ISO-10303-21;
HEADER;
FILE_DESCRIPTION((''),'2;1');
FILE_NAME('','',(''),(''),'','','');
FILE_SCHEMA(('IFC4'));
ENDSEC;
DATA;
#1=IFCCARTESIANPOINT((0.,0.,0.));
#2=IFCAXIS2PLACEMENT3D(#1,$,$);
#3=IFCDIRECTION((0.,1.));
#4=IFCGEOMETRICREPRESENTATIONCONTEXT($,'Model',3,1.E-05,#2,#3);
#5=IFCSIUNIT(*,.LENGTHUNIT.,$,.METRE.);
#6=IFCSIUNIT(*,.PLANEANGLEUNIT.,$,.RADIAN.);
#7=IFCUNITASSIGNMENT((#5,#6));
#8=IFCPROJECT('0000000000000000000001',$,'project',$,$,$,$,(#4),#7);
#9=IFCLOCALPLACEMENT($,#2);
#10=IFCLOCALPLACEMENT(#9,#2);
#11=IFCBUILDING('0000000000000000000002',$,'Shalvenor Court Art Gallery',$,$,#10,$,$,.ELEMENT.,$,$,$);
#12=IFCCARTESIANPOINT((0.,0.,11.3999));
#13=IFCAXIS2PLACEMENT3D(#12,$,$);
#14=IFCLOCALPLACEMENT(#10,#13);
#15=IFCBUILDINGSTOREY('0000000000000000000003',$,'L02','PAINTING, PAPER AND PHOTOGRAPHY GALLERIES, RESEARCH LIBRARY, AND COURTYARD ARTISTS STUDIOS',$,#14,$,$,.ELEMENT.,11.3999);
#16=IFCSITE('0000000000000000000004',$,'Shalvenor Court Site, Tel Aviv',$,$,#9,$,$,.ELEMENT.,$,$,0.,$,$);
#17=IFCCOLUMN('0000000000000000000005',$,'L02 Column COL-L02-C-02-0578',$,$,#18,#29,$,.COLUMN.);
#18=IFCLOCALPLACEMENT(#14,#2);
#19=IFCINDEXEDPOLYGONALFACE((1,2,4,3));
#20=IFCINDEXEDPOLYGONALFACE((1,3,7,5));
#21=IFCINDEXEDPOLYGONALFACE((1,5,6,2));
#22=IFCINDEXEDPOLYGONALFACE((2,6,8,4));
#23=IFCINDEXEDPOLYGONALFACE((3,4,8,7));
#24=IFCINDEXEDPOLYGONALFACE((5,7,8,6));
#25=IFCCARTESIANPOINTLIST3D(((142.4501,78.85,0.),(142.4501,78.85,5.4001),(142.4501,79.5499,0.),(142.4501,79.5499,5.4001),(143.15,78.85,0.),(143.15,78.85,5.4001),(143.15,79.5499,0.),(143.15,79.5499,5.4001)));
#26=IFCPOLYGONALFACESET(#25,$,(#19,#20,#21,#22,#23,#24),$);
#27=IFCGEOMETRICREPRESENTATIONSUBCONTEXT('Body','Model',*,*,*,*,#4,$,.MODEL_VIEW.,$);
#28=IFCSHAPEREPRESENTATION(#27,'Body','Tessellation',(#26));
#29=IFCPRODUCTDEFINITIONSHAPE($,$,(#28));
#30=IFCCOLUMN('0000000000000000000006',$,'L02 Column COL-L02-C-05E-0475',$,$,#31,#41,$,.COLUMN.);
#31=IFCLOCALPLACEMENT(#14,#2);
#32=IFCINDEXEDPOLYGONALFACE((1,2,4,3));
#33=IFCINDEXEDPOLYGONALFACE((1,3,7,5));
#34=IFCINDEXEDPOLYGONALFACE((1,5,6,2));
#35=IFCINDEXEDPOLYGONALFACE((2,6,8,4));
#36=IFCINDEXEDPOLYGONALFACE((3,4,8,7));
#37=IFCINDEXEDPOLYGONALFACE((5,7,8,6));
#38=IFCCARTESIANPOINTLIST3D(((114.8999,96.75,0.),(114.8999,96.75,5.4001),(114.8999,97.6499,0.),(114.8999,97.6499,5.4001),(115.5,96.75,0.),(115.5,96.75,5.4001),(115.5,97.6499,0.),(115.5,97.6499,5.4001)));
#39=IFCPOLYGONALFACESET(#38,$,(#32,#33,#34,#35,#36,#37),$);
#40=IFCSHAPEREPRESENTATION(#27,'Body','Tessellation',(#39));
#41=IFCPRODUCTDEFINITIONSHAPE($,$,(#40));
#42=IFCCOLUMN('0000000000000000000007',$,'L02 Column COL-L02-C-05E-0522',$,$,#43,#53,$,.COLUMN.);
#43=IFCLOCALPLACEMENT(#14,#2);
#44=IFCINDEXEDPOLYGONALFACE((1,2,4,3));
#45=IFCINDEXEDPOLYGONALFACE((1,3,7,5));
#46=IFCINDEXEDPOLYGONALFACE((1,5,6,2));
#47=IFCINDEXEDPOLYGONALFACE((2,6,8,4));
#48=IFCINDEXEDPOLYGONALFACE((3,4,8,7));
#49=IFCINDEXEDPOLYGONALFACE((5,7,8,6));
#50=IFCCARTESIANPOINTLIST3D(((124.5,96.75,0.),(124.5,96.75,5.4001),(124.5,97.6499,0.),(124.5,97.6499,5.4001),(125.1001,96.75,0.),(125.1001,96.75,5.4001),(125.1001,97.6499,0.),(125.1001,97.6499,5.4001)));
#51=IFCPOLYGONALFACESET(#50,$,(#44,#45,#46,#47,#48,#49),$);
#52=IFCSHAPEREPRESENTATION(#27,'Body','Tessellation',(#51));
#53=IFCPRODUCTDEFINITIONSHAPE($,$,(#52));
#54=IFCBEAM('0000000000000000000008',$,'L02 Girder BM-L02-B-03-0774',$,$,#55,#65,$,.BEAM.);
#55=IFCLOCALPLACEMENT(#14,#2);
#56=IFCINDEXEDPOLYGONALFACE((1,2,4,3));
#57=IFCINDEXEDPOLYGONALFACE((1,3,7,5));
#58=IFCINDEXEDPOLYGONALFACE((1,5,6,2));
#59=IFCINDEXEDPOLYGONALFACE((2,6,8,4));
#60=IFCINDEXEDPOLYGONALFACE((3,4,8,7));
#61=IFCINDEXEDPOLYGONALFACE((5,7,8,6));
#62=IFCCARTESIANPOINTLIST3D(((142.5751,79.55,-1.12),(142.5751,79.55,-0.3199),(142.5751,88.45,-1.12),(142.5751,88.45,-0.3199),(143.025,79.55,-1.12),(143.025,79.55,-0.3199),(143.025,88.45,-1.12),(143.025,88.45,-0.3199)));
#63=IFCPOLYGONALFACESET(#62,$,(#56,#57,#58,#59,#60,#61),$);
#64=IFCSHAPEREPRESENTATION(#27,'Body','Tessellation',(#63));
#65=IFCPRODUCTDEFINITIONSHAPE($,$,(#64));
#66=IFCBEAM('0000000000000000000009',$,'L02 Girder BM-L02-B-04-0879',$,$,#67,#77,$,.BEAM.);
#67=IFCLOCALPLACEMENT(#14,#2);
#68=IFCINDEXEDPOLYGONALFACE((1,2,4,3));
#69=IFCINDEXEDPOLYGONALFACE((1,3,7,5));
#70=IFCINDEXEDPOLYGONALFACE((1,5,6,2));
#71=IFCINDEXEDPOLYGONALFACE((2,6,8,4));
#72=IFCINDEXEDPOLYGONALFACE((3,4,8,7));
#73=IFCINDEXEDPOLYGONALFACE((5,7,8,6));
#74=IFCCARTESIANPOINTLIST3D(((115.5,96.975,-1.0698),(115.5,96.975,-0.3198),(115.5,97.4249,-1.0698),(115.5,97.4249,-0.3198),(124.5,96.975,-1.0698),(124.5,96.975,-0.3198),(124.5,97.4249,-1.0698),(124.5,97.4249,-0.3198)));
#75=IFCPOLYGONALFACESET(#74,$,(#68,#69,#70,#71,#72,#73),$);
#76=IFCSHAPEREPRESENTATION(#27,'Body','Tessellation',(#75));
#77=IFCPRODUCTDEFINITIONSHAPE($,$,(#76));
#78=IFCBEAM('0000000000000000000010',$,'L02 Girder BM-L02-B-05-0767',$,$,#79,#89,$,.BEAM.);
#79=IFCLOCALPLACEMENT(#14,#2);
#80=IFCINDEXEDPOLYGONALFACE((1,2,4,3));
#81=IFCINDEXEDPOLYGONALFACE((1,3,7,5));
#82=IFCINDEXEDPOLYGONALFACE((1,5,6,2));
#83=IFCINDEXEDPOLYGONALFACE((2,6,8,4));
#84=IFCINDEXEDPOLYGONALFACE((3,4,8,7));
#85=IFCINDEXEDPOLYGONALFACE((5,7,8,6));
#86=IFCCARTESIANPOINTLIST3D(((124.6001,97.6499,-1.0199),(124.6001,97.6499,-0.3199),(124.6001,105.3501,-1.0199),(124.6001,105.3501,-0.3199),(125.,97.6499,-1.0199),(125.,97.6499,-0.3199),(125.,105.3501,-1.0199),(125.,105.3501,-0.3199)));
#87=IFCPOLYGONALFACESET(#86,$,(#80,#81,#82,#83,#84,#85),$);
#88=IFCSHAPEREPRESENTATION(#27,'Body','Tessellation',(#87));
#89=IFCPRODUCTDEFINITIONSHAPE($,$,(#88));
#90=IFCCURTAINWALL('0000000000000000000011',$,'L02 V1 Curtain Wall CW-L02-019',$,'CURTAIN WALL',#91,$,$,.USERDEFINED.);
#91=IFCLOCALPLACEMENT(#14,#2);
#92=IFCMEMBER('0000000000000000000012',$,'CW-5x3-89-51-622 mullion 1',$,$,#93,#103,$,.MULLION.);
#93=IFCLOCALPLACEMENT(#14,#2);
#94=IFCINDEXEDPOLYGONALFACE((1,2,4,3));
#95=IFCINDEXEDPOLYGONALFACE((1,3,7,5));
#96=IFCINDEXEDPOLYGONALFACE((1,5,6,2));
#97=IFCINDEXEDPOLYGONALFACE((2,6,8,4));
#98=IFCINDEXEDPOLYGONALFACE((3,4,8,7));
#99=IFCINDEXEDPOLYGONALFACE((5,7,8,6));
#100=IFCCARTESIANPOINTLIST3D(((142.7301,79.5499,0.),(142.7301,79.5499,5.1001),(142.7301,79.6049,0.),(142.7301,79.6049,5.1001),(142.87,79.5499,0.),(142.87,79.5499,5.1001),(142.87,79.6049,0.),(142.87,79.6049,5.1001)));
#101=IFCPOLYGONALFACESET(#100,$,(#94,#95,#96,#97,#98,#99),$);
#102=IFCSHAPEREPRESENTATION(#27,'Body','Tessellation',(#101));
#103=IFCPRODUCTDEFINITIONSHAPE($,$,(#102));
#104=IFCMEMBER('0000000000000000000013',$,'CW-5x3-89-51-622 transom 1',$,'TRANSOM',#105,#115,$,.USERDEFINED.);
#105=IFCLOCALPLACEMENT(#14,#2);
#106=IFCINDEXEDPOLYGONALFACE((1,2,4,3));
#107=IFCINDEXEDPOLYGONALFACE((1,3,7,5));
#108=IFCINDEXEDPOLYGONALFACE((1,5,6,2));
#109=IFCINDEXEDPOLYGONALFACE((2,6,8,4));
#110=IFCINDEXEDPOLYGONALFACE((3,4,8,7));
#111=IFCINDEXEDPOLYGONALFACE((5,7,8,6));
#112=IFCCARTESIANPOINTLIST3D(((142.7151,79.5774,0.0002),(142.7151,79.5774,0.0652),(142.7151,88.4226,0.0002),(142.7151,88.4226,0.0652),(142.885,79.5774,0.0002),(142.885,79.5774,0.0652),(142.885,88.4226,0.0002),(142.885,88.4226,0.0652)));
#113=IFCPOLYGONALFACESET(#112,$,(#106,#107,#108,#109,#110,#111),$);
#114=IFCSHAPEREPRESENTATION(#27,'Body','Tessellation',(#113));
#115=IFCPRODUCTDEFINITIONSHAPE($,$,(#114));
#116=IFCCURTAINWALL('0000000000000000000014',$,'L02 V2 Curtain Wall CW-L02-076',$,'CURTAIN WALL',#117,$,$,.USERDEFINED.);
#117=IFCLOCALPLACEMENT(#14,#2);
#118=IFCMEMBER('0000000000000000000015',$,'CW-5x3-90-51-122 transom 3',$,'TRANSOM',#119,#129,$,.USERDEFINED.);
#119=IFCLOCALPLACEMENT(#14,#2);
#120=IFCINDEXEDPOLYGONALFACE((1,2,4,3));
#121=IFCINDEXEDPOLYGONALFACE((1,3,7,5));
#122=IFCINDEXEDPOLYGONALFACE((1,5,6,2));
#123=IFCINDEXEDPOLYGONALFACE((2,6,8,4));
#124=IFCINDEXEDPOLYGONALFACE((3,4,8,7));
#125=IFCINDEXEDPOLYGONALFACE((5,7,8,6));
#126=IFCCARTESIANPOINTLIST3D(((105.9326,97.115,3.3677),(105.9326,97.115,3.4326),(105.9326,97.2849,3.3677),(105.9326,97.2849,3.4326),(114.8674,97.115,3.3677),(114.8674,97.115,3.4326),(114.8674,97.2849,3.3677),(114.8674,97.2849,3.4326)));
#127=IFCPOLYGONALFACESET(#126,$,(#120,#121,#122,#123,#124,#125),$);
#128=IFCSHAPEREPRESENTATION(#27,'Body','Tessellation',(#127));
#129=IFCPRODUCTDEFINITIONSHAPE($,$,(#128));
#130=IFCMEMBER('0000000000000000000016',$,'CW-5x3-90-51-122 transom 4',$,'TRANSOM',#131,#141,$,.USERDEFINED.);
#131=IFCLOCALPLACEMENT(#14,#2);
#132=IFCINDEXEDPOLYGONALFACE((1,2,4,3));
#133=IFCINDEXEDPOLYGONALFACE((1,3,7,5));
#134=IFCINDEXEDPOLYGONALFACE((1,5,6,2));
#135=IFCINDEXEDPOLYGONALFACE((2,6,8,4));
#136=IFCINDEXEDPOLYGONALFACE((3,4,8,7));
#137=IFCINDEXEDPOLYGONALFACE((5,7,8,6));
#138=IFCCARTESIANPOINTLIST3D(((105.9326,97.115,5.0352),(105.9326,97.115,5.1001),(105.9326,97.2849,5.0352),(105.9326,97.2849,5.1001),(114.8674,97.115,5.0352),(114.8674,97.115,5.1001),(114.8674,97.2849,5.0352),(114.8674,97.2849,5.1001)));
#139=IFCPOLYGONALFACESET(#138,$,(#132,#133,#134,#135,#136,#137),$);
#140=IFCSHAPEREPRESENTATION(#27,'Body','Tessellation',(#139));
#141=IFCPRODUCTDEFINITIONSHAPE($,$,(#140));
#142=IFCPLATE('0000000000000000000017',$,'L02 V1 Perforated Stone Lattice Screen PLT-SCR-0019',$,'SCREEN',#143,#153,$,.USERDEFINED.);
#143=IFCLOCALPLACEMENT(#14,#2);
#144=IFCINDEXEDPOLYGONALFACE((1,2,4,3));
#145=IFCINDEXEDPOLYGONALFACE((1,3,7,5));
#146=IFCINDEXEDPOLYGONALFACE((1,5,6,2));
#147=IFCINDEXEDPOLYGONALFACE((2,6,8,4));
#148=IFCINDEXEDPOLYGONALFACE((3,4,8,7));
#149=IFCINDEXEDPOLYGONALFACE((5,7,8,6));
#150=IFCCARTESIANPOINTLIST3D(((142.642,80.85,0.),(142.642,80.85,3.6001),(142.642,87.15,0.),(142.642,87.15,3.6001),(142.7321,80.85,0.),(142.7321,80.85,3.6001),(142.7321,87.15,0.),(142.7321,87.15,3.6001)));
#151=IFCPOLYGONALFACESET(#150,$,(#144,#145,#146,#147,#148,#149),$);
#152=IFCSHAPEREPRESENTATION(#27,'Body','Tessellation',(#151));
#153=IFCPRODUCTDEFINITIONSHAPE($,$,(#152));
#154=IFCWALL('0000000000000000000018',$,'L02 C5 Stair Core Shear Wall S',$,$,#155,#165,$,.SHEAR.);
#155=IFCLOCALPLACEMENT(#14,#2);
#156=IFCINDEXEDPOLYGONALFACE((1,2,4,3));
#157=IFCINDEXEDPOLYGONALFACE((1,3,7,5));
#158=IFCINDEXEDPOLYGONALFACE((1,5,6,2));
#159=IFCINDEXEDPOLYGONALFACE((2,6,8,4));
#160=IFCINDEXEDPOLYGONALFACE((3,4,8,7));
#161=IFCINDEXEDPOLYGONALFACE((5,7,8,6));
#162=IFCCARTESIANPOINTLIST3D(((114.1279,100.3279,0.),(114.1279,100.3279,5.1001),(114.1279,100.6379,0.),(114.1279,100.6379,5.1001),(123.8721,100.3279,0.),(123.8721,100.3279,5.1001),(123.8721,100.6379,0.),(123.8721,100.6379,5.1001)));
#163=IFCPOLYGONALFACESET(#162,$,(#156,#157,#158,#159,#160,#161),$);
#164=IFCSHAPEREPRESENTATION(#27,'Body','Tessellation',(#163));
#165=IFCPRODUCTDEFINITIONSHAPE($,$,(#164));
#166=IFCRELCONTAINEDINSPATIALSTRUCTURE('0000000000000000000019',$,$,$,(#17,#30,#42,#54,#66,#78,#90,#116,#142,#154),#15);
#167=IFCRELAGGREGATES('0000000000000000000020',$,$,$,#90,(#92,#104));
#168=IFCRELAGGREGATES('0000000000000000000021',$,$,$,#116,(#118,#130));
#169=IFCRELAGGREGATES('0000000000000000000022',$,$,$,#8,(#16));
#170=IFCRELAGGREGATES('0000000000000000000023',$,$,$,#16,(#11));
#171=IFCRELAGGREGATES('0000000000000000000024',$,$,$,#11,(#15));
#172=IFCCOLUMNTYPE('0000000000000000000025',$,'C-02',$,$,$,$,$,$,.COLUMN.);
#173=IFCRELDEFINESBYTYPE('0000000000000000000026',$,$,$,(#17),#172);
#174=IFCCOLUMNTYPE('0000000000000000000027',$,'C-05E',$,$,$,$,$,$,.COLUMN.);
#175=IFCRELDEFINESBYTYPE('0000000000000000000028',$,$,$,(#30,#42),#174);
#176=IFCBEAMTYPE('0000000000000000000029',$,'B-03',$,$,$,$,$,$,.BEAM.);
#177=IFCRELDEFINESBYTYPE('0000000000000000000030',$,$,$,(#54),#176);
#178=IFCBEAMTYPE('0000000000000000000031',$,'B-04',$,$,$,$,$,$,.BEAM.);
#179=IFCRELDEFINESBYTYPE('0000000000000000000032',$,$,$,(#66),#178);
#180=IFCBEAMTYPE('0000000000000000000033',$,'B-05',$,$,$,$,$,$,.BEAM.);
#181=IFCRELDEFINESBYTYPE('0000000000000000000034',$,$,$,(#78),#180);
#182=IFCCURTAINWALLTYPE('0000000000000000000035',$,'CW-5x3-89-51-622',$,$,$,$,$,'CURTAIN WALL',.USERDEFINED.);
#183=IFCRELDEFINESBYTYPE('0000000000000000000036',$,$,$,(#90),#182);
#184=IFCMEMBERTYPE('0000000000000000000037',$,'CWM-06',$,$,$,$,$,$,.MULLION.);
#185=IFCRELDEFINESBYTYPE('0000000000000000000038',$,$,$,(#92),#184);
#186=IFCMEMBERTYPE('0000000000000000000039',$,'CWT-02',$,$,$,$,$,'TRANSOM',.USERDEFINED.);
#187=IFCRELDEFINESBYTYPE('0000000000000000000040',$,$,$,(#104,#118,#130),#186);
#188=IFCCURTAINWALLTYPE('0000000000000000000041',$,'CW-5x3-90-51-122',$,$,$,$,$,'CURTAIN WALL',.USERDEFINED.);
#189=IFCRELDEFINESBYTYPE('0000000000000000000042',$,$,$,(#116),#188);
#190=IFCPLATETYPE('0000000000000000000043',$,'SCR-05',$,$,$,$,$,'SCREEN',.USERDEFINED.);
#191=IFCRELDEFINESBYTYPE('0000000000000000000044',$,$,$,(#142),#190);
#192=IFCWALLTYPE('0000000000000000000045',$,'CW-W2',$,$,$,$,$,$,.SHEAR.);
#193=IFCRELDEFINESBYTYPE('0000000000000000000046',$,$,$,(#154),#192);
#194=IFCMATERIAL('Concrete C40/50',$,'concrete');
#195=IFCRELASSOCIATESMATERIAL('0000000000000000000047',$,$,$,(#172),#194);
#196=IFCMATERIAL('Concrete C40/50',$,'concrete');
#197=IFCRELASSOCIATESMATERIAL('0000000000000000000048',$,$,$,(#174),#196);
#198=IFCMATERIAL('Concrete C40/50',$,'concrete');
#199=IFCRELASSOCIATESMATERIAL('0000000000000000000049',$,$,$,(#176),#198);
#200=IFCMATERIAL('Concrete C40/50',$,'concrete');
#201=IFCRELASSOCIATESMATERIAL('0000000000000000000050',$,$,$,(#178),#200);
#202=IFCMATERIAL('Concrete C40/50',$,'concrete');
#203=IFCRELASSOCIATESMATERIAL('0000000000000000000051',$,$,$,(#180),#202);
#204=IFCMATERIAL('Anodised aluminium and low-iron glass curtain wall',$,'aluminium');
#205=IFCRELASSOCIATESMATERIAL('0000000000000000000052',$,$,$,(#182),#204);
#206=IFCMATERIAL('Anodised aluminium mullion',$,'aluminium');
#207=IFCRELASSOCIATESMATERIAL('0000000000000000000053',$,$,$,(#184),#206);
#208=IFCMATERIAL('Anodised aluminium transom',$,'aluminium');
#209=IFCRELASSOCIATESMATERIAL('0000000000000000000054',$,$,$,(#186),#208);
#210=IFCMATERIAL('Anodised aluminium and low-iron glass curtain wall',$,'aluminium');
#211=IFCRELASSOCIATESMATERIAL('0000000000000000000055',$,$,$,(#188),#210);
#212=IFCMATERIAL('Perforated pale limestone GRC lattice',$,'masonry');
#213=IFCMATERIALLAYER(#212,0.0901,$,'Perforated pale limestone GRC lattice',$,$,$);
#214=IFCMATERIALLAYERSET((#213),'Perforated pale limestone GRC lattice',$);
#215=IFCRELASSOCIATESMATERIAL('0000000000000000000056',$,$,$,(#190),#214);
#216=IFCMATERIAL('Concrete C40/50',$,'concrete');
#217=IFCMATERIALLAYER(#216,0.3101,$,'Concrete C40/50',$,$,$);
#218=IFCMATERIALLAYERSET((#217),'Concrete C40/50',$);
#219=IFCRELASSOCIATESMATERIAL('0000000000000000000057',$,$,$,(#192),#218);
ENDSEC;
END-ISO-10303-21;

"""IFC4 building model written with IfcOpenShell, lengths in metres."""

from ifc_helpers import new_model, si_unit, direction, frame, frame_2d, origin, origin_2d, place, context, subcontext, project, spatial, rectangle, extrude, material, layer, layer_set, material_profile, profile_set, type_object, element, aggregate, save


model = new_model("IFC4")

# Units and contexts
model_context = context("Model", 3, precision=1e-05, world=origin(), true_north=direction((0.0, 1.0)))
body_context = subcontext(model_context, "Body", "Model", "MODEL_VIEW")
ifc_project = project(units=[si_unit("LENGTHUNIT", "METRE"), si_unit("PLANEANGLEUNIT", "RADIAN")], contexts=[model_context])

# Site, building, storey
site_placement = place(None, origin())
site = spatial("IfcSite", under=ifc_project, at=site_placement, Name="Shalvenor Court Site, Tel Aviv", CompositionType="ELEMENT", RefElevation=0.0)
building_placement = place(site_placement, origin())
building = spatial("IfcBuilding", under=site, at=building_placement, Name="Shalvenor Court Art Gallery", CompositionType="ELEMENT")
storey_placement = place(building_placement, frame((0.0, 0.0, 11.3999)))
storey = spatial("IfcBuildingStorey", under=building, at=storey_placement, Name="L02", Description="PAINTING, PAPER AND PHOTOGRAPHY GALLERIES, RESEARCH LIBRARY, AND COURTYARD ARTISTS STUDIOS", CompositionType="ELEMENT", Elevation=11.3999)

# Columns
ifc_material_1 = material(Name="Concrete C40/50", Category="concrete")
ifc_material_profile_1 = material_profile(ifc_material_1, rectangle(XDim=0.7, YDim=0.7, at=origin_2d()), Name="RC 700x700")
ifc_profile_set_1 = profile_set([ifc_material_profile_1], Name="Concrete C40/50")
column_type_1 = type_object("IfcColumnType", Name="C-02", PredefinedType="COLUMN", material=ifc_profile_set_1)
column_placement = place(storey_placement, frame((142.8, 79.2, 0.0), z_axis=(0.0, 0.0, 1.0), x_axis=(1.0, 0.0, 0.0)))
element("IfcColumn", 1, at=column_placement, inside=storey, type_object=column_type_1, Name="L02 Column COL-L02-C-02-0578", PredefinedType="COLUMN", context=body_context, shape_type="SweptSolid", body=[
    extrude(rectangle(XDim=0.7, YDim=0.7, at=origin_2d()), origin(), (0.0, 0.0, 1.0), 5.4001),
])
ifc_material_2 = material(Name="Concrete C40/50", Category="concrete")
ifc_material_profile_2 = material_profile(ifc_material_2, rectangle(XDim=0.6001, YDim=0.8999, at=origin_2d()), Name="RC 600x900")
ifc_profile_set_2 = profile_set([ifc_material_profile_2], Name="Concrete C40/50")
column_type_2 = type_object("IfcColumnType", Name="C-05E", PredefinedType="COLUMN", material=ifc_profile_set_2)
for number, where, z_axis, x_axis, name in (
    (2, (115.2, 97.2, 0.0), (0.0, 0.0, 1.0), (1.0, 0.0, 0.0), "L02 Column COL-L02-C-05E-0475"),
    (3, (124.8, 97.2, 0.0), (0.0, 0.0, 1.0), (1.0, 0.0, 0.0), "L02 Column COL-L02-C-05E-0522"),
):
    element("IfcColumn", number, at=place(storey_placement, frame(where, z_axis=z_axis, x_axis=x_axis)), inside=storey, type_object=column_type_2, Name=name, PredefinedType="COLUMN", context=body_context, shape_type="SweptSolid", body=[
        extrude(rectangle(XDim=0.6001, YDim=0.8999, at=origin_2d()), origin(), (0.0, 0.0, 1.0), 5.4001),
    ])

# Beams
ifc_material_3 = material(Name="Concrete C40/50", Category="concrete")
ifc_material_profile_3 = material_profile(ifc_material_3, rectangle(XDim=0.45, YDim=0.8, at=origin_2d()), Name="RC 450x800")
ifc_profile_set_3 = profile_set([ifc_material_profile_3], Name="Concrete C40/50")
beam_type_1 = type_object("IfcBeamType", Name="B-03", PredefinedType="BEAM", material=ifc_profile_set_3)
beam_1_placement = place(storey_placement, frame((142.8, 79.55, -0.72), z_axis=(0.0, 1.0, 0.0), x_axis=(-1.0, 0.0, 0.0)))
element("IfcBeam", 4, at=beam_1_placement, inside=storey, type_object=beam_type_1, Name="L02 Girder BM-L02-B-03-0774", PredefinedType="BEAM", context=body_context, shape_type="SweptSolid", body=[
    extrude(rectangle(XDim=0.45, YDim=0.8, at=origin_2d()), origin(), (0.0, 0.0, 1.0), 8.8999),
])
ifc_material_4 = material(Name="Concrete C40/50", Category="concrete")
ifc_material_profile_4 = material_profile(ifc_material_4, rectangle(XDim=0.45, YDim=0.75, at=origin_2d()), Name="RC 450x750")
ifc_profile_set_4 = profile_set([ifc_material_profile_4], Name="Concrete C40/50")
beam_type_2 = type_object("IfcBeamType", Name="B-04", PredefinedType="BEAM", material=ifc_profile_set_4)
beam_2_placement = place(storey_placement, frame((115.5, 97.2, -0.6948), z_axis=(1.0, 0.0, 0.0), x_axis=(0.0, 1.0, 0.0)))
element("IfcBeam", 5, at=beam_2_placement, inside=storey, type_object=beam_type_2, Name="L02 Girder BM-L02-B-04-0879", PredefinedType="BEAM", context=body_context, shape_type="SweptSolid", body=[
    extrude(rectangle(XDim=0.45, YDim=0.75, at=origin_2d()), origin(), (0.0, 0.0, 1.0), 9.0),
])
ifc_material_5 = material(Name="Concrete C40/50", Category="concrete")
ifc_material_profile_5 = material_profile(ifc_material_5, rectangle(XDim=0.3999, YDim=0.7, at=origin_2d()), Name="RC 400x700")
ifc_profile_set_5 = profile_set([ifc_material_profile_5], Name="Concrete C40/50")
beam_type_3 = type_object("IfcBeamType", Name="B-05", PredefinedType="BEAM", material=ifc_profile_set_5)
beam_3_placement = place(storey_placement, frame((124.8, 97.6499, -0.6699), z_axis=(0.0, 1.0, 0.0), x_axis=(-1.0, 0.0, 0.0)))
element("IfcBeam", 6, at=beam_3_placement, inside=storey, type_object=beam_type_3, Name="L02 Girder BM-L02-B-05-0767", PredefinedType="BEAM", context=body_context, shape_type="SweptSolid", body=[
    extrude(rectangle(XDim=0.3999, YDim=0.7, at=origin_2d()), origin(), (0.0, 0.0, 1.0), 7.7002),
])

# Curtain walls, members
ifc_material_6 = material(Name="Anodised aluminium and low-iron glass curtain wall", Category="aluminium")
curtain_wall_type_1 = type_object("IfcCurtainWallType", Name="CW-5x3-89-51-622", ElementType="CURTAIN WALL", PredefinedType="USERDEFINED", material=ifc_material_6)
curtain_wall_1_placement = place(storey_placement, origin())
curtain_wall_1 = element("IfcCurtainWall", 7, at=curtain_wall_1_placement, inside=storey, type_object=curtain_wall_type_1, Name="L02 V1 Curtain Wall CW-L02-019", ObjectType="CURTAIN WALL", PredefinedType="USERDEFINED")
ifc_material_7 = material(Name="Anodised aluminium mullion", Category="aluminium")
ifc_material_profile_6 = material_profile(ifc_material_7, rectangle(XDim=0.0549, YDim=0.1399, at=origin_2d()), Name="CWM-06")
ifc_profile_set_6 = profile_set([ifc_material_profile_6], Name="Anodised aluminium mullion")
member_type_1 = type_object("IfcMemberType", Name="CWM-06", PredefinedType="MULLION", material=ifc_profile_set_6)
member_1_placement = place(storey_placement, frame((142.8, 79.5774, 0.0), z_axis=(0.0, 0.0, 1.0), x_axis=(0.0, 1.0, 0.0)))
member_1 = element("IfcMember", 8, at=member_1_placement, type_object=member_type_1, Name="CW-5x3-89-51-622 mullion 1", PredefinedType="MULLION", context=body_context, shape_type="SweptSolid", body=[
    extrude(rectangle(XDim=0.0549, YDim=0.1399, at=origin_2d()), origin(), (0.0, 0.0, 1.0), 5.1001),
])
ifc_material_8 = material(Name="Anodised aluminium transom", Category="aluminium")
ifc_material_profile_7 = material_profile(ifc_material_8, rectangle(XDim=0.1699, YDim=0.0649, at=origin_2d()), Name="CWT-02")
ifc_profile_set_7 = profile_set([ifc_material_profile_7], Name="Anodised aluminium transom")
member_type_2 = type_object("IfcMemberType", Name="CWT-02", ElementType="TRANSOM", PredefinedType="USERDEFINED", material=ifc_profile_set_7)
member_2_placement = place(storey_placement, frame((142.8, 79.5774, 0.0327), z_axis=(0.0, 1.0, 0.0), x_axis=(-1.0, 0.0, 0.0)))
member_2 = element("IfcMember", 9, at=member_2_placement, type_object=member_type_2, Name="CW-5x3-89-51-622 transom 1", ObjectType="TRANSOM", PredefinedType="USERDEFINED", context=body_context, shape_type="SweptSolid", body=[
    extrude(rectangle(XDim=0.1699, YDim=0.0649, at=origin_2d()), origin(), (0.0, 0.0, 1.0), 8.8452),
])
aggregate(curtain_wall_1, [member_1, member_2])
ifc_material_9 = material(Name="Anodised aluminium and low-iron glass curtain wall", Category="aluminium")
curtain_wall_type_2 = type_object("IfcCurtainWallType", Name="CW-5x3-90-51-122", ElementType="CURTAIN WALL", PredefinedType="USERDEFINED", material=ifc_material_9)
curtain_wall_2_placement = place(storey_placement, origin())
curtain_wall_2 = element("IfcCurtainWall", 10, at=curtain_wall_2_placement, inside=storey, type_object=curtain_wall_type_2, Name="L02 V2 Curtain Wall CW-L02-076", ObjectType="CURTAIN WALL", PredefinedType="USERDEFINED")
member_3_placement = place(storey_placement, frame((114.8674, 97.2, 3.4001), z_axis=(-1.0, 0.0, 0.0), x_axis=(0.0, -1.0, 0.0)))
member_3 = element("IfcMember", 11, at=member_3_placement, type_object=member_type_2, Name="CW-5x3-90-51-122 transom 3", ObjectType="TRANSOM", PredefinedType="USERDEFINED", context=body_context, shape_type="SweptSolid", body=[
    extrude(rectangle(XDim=0.1699, YDim=0.0649, at=origin_2d()), origin(), (0.0, 0.0, 1.0), 8.9348),
])
member_4_placement = place(storey_placement, frame((114.8674, 97.2, 5.0676), z_axis=(-1.0, 0.0, 0.0), x_axis=(0.0, -1.0, 0.0)))
member_4 = element("IfcMember", 12, at=member_4_placement, type_object=member_type_2, Name="CW-5x3-90-51-122 transom 4", ObjectType="TRANSOM", PredefinedType="USERDEFINED", context=body_context, shape_type="SweptSolid", body=[
    extrude(rectangle(XDim=0.1699, YDim=0.0649, at=origin_2d()), origin(), (0.0, 0.0, 1.0), 8.9348),
])
aggregate(curtain_wall_2, [member_3, member_4])

# Plate
ifc_material_10 = material(Name="Perforated pale limestone GRC lattice", Category="masonry")
ifc_layer_1 = layer(ifc_material_10, 0.0901, Name="Perforated pale limestone GRC lattice")
ifc_layer_set_1 = layer_set([ifc_layer_1], Name="Perforated pale limestone GRC lattice")
plate_type = type_object("IfcPlateType", Name="SCR-05", ElementType="SCREEN", PredefinedType="USERDEFINED", material=ifc_layer_set_1)
plate_placement = place(storey_placement, frame((142.687, 84.0, 0.0), z_axis=(0.0, 0.0, 1.0), x_axis=(0.0, 1.0, 0.0)))
element("IfcPlate", 13, at=plate_placement, inside=storey, type_object=plate_type, Name="L02 V1 Perforated Stone Lattice Screen PLT-SCR-0019", ObjectType="SCREEN", PredefinedType="USERDEFINED", context=body_context, shape_type="SweptSolid", body=[
    extrude(rectangle(XDim=6.3, YDim=0.0901, at=origin_2d()), origin(), (0.0, 0.0, 1.0), 3.6001),
])

# Wall
ifc_material_11 = material(Name="Concrete C40/50", Category="concrete")
ifc_layer_2 = layer(ifc_material_11, 0.3101, Name="Concrete C40/50")
ifc_layer_set_2 = layer_set([ifc_layer_2], Name="Concrete C40/50")
wall_type_1 = type_object("IfcWallType", Name="CW-W2", PredefinedType="SHEAR", material=ifc_layer_set_2)
wall_1_placement = place(storey_placement, frame((123.8721, 100.4829, 0.0), z_axis=(0.0, 0.0, 1.0), x_axis=(-1.0, 0.0, 0.0)))
element("IfcWall", 14, at=wall_1_placement, inside=storey, type_object=wall_type_1, Name="L02 C5 Stair Core Shear Wall S", PredefinedType="SHEAR", context=body_context, shape_type="SweptSolid", body=[
    extrude(rectangle(XDim=9.7441, YDim=0.3101, at=frame_2d((4.8721, 0.0))), origin(), (0.0, 0.0, 1.0), 5.1001),
])

save(model, "model.ifc")
